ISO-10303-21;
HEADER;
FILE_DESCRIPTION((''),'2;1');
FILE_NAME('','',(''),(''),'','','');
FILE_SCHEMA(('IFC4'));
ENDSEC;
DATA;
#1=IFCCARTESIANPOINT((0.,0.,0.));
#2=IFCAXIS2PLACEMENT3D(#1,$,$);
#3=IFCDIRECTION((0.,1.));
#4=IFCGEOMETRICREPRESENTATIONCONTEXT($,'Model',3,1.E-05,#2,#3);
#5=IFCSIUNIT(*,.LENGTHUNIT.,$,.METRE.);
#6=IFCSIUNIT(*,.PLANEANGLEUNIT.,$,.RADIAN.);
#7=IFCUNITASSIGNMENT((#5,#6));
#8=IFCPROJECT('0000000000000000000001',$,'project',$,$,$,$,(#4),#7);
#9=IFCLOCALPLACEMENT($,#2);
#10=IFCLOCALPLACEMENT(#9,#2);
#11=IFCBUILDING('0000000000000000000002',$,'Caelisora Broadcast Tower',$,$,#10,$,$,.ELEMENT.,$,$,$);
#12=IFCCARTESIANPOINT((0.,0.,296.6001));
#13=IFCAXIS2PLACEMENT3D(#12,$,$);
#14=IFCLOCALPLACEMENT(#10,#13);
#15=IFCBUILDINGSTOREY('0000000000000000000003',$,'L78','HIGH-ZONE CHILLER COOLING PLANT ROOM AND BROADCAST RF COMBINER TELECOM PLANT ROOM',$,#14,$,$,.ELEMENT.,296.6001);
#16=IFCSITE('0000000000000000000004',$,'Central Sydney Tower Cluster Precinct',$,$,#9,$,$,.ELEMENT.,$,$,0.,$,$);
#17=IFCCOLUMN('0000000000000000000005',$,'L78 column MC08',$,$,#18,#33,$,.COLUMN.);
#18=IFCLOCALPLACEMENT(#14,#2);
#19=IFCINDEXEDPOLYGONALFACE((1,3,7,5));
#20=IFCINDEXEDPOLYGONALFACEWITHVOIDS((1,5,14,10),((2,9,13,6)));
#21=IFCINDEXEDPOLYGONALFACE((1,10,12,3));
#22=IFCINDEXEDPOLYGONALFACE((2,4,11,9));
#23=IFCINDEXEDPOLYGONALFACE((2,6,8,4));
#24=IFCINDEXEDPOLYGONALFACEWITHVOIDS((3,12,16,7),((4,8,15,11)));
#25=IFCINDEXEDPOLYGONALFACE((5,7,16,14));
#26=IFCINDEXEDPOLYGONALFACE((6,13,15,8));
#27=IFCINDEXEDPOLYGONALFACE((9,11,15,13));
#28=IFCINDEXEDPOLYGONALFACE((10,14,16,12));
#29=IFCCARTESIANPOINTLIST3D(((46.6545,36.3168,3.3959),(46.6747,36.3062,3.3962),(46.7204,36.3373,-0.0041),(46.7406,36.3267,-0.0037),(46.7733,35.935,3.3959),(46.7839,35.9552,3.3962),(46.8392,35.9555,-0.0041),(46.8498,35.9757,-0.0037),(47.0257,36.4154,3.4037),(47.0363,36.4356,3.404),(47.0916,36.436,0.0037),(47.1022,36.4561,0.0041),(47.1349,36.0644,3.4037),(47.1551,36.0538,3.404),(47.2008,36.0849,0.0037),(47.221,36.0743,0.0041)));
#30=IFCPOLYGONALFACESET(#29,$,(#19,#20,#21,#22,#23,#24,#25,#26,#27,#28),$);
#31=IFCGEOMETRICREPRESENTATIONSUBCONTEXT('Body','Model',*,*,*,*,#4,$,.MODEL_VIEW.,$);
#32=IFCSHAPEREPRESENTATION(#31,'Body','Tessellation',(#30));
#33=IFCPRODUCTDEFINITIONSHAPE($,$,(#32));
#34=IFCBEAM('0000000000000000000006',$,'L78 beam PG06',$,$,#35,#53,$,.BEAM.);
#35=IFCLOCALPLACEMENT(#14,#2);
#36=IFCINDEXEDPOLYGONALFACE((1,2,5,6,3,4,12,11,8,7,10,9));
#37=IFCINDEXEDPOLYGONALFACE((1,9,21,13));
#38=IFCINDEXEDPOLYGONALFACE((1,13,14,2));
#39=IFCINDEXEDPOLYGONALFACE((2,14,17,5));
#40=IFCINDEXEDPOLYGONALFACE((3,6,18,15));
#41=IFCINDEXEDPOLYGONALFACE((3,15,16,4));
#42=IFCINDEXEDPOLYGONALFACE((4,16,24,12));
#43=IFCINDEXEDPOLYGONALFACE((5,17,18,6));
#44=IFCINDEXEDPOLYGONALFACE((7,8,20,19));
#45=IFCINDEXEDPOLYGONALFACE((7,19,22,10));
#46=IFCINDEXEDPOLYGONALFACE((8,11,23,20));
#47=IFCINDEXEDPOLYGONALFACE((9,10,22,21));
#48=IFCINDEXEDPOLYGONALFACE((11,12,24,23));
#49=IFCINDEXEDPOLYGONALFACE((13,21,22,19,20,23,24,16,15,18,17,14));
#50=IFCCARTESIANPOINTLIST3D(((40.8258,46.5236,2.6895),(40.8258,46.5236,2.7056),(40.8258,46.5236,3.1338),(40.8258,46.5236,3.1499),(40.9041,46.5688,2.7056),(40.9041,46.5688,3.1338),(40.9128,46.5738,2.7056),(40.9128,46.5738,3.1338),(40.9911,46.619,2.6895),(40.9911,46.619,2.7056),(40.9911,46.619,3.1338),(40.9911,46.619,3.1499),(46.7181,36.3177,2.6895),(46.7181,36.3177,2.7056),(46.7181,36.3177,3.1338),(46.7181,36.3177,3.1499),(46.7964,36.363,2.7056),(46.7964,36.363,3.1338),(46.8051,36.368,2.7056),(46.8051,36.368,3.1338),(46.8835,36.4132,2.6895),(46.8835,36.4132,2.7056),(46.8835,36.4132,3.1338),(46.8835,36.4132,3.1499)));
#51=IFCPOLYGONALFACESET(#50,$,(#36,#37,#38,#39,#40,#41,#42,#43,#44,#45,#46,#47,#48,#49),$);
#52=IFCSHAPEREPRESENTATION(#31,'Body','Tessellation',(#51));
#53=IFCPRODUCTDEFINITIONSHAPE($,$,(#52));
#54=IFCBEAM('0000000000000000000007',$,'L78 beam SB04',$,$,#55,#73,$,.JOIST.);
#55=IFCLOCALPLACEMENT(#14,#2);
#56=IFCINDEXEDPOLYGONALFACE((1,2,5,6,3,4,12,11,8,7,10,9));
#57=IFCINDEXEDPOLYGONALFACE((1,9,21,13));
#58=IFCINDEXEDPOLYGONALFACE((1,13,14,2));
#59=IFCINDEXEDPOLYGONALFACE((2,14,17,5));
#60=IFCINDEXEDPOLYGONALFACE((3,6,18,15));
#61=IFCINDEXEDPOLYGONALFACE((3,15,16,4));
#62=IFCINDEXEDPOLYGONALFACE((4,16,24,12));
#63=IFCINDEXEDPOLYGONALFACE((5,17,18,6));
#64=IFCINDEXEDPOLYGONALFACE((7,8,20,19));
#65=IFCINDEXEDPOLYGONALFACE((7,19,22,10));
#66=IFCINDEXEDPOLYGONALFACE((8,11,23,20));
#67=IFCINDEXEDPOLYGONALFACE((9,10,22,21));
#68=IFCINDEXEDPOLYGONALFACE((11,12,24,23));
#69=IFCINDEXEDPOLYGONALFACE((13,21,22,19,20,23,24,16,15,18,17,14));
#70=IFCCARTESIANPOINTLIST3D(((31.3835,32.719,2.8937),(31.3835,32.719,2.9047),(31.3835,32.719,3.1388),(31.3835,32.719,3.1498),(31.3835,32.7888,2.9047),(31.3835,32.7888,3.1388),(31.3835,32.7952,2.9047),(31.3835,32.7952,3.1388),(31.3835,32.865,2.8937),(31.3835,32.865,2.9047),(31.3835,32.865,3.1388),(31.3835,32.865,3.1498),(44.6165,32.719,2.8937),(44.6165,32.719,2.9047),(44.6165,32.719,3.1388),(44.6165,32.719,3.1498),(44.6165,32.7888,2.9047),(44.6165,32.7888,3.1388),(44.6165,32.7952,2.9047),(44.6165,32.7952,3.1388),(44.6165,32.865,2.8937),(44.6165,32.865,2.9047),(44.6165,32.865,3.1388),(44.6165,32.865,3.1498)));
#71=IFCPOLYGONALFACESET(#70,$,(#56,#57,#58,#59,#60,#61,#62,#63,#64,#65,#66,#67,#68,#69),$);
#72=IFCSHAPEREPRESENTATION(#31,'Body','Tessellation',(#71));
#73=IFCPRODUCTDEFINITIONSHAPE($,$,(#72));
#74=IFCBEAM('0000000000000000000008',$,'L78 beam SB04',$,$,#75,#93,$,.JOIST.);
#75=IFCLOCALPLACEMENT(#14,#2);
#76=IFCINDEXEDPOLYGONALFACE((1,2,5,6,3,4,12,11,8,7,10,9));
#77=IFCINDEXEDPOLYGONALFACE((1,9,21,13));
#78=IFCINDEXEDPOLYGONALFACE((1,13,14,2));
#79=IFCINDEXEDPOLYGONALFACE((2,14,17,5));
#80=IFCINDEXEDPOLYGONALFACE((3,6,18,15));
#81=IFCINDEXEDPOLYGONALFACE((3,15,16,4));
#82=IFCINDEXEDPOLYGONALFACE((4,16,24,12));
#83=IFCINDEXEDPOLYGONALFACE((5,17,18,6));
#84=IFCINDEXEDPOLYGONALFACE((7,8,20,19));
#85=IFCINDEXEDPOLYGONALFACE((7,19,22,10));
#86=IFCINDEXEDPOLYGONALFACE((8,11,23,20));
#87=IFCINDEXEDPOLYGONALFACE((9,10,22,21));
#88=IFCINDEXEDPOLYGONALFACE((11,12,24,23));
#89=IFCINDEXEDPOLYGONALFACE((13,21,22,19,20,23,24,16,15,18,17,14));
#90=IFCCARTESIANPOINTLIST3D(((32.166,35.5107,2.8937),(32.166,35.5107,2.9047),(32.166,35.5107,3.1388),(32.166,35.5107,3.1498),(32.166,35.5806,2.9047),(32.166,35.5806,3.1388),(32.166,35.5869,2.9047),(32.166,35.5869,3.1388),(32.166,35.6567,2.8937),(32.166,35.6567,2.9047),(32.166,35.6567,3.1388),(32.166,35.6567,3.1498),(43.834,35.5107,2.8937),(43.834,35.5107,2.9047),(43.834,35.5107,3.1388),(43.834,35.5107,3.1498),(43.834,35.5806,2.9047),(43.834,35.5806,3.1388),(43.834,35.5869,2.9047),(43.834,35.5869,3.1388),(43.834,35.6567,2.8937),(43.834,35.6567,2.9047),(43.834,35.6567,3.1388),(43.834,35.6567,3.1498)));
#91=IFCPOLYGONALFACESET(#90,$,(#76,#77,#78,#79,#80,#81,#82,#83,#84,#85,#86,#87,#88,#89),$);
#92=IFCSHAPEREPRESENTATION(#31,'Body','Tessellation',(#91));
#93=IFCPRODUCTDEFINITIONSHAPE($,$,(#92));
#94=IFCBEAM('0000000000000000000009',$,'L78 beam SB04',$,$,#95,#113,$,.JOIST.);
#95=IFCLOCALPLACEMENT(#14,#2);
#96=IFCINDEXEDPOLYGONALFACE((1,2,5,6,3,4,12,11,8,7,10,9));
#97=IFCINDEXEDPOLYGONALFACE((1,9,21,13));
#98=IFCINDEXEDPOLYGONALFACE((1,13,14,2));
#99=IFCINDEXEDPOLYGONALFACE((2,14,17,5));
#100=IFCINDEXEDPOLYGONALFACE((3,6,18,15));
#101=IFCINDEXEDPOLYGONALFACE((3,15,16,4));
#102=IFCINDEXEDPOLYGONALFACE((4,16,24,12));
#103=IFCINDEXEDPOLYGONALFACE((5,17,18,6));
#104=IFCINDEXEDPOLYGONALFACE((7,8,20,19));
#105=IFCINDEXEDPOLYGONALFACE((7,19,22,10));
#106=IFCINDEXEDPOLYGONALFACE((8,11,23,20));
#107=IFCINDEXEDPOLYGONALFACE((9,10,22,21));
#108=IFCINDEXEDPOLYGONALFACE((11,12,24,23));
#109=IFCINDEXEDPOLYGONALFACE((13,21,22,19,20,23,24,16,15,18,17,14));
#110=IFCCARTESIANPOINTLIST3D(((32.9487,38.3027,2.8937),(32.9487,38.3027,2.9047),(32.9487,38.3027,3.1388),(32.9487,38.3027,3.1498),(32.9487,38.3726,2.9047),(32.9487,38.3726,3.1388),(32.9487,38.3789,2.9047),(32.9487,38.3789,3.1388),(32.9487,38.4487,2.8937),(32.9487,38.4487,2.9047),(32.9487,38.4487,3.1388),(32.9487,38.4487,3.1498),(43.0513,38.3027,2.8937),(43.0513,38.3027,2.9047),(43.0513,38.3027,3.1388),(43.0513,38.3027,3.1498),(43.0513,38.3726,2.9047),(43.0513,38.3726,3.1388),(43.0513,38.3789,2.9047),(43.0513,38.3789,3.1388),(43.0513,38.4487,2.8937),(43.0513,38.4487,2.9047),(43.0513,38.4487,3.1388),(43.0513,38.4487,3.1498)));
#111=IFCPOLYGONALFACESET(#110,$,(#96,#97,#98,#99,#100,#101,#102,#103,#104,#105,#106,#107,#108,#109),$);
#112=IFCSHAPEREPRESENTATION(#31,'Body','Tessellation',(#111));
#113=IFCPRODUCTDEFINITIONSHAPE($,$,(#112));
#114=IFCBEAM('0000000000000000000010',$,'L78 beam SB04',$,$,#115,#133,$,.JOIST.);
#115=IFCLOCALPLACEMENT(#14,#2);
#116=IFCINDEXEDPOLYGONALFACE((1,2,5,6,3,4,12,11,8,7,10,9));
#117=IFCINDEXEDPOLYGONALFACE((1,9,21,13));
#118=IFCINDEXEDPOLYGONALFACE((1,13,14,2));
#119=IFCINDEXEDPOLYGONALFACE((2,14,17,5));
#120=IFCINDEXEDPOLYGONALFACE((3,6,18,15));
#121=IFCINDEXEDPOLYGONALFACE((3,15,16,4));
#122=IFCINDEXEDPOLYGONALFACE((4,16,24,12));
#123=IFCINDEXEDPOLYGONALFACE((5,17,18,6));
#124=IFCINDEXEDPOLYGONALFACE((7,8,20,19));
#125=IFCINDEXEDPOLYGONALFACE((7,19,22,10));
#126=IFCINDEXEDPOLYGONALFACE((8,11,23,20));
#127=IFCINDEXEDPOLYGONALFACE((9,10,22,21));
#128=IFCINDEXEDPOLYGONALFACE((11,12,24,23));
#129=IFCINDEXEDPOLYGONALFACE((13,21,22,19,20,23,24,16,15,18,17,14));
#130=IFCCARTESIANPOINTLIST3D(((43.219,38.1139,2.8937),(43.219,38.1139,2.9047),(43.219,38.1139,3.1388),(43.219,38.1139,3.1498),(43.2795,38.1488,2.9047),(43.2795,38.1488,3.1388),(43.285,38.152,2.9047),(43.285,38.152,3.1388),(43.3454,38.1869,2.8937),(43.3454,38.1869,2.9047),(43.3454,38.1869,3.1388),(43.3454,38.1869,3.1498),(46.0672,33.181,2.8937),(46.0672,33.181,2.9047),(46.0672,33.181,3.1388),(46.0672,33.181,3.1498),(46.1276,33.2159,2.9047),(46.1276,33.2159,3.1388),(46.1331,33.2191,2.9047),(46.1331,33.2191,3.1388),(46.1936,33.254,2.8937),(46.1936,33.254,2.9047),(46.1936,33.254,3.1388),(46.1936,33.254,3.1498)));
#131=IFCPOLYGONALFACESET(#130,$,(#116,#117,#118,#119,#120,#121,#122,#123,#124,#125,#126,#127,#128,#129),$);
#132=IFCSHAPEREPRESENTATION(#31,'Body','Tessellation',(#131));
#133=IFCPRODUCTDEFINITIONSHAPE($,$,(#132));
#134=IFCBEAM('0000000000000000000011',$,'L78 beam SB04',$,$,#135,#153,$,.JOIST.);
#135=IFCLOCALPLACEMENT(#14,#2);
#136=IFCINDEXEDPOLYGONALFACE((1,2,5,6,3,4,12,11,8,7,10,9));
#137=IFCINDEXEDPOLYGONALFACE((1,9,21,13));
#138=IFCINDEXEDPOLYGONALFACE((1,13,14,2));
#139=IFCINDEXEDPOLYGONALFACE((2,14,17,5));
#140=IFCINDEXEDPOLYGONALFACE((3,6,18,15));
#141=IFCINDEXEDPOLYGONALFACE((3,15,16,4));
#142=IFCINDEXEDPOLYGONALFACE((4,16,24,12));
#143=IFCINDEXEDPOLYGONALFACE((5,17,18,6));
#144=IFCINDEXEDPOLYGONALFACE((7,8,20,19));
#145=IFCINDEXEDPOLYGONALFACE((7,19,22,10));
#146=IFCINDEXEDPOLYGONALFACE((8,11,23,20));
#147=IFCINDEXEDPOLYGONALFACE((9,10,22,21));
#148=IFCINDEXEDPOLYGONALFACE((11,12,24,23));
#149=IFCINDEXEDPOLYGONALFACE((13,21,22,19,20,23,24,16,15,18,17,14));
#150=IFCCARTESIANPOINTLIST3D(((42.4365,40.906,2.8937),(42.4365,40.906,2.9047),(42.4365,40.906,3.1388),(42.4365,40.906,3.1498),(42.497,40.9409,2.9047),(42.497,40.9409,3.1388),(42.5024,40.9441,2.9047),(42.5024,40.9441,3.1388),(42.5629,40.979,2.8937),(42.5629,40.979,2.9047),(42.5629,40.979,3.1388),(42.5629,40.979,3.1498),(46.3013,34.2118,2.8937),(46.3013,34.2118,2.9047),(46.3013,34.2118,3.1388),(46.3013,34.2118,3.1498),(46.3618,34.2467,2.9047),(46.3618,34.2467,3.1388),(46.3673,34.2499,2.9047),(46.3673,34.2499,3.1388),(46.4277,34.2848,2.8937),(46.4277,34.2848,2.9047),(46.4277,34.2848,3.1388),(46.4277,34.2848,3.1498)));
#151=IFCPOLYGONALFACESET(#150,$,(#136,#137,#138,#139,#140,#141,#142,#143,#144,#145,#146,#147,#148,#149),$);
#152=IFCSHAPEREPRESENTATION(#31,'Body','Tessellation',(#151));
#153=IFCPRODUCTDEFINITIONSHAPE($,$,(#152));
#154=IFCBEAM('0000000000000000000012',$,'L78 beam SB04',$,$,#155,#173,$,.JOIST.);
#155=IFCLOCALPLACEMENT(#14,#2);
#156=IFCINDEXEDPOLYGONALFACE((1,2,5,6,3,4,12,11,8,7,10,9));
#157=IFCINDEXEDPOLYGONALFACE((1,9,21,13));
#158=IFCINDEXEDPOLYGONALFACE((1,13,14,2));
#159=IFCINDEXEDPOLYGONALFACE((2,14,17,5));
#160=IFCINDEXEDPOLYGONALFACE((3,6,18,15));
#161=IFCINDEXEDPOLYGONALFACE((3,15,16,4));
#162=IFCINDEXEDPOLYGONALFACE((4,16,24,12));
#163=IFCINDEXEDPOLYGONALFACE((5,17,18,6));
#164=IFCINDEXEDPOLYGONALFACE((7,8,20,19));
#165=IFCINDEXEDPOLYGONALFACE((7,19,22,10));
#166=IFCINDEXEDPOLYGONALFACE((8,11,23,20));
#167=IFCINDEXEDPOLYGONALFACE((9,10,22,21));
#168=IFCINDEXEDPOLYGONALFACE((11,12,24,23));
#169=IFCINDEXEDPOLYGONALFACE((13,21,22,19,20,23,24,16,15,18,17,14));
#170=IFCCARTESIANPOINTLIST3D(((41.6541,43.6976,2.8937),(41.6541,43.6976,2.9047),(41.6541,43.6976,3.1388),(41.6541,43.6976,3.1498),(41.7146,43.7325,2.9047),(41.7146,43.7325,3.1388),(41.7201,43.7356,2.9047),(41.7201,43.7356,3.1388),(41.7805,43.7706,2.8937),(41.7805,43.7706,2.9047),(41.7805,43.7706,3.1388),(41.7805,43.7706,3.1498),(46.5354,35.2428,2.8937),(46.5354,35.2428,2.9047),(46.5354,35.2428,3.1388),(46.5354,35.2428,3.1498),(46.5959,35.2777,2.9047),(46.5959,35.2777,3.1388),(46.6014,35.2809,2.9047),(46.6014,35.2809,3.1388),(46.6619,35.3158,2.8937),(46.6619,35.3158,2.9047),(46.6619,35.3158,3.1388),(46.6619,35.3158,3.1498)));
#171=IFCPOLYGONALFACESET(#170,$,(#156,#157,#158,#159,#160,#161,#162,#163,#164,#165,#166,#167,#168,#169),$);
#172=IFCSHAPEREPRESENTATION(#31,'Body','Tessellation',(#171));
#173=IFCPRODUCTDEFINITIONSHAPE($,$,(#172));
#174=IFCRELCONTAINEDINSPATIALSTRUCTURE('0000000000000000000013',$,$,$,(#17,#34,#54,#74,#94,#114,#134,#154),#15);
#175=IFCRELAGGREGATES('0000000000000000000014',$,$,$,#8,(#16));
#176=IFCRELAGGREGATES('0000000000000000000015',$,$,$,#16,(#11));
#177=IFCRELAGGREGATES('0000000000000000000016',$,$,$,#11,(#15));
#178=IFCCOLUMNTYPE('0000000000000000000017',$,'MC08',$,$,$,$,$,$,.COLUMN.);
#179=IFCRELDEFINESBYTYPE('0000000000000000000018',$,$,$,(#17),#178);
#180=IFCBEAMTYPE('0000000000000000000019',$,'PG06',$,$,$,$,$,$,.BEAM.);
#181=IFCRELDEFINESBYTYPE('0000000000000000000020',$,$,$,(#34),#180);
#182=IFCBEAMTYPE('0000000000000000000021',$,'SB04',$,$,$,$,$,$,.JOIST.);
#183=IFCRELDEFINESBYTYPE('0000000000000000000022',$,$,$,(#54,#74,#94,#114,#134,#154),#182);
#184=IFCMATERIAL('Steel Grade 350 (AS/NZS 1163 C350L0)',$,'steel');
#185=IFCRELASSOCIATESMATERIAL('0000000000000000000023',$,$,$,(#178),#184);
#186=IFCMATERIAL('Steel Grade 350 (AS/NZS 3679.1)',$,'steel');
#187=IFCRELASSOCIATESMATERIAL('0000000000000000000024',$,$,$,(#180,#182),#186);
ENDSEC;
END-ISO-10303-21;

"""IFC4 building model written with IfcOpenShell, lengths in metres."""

from ifc_helpers import new_model, si_unit, direction, frame, origin, origin_2d, place, context, subcontext, project, spatial, hollow_rectangle, i_section, extrude, source, transform, mapped, material, material_profile, profile_set, type_object, type_shapes, element, save


model = new_model("IFC4")

# Units and contexts
model_context = context("Model", 3, precision=1e-05, world=origin(), true_north=direction((0.0, 1.0)))
body_context = subcontext(model_context, "Body", "Model", "MODEL_VIEW")
ifc_project = project(units=[si_unit("LENGTHUNIT", "METRE"), si_unit("PLANEANGLEUNIT", "RADIAN")], contexts=[model_context])

# Site, building, storey
site_placement = place(None, origin())
site = spatial("IfcSite", under=ifc_project, at=site_placement, Name="Central Sydney Tower Cluster Precinct", CompositionType="ELEMENT", RefElevation=0.0)
building_placement = place(site_placement, origin())
building = spatial("IfcBuilding", under=site, at=building_placement, Name="Caelisora Broadcast Tower", CompositionType="ELEMENT")
storey_placement = place(building_placement, frame((0.0, 0.0, 296.6001)))
storey = spatial("IfcBuildingStorey", under=building, at=storey_placement, Name="L78", Description="HIGH-ZONE CHILLER COOLING PLANT ROOM AND BROADCAST RF COMBINER TELECOM PLANT ROOM", CompositionType="ELEMENT", Elevation=296.6001)

# Column
ifc_material_1 = material(Name="Steel Grade 350 (AS/NZS 1163 C350L0)", Category="steel")
ifc_material_profile_1 = material_profile(ifc_material_1, hollow_rectangle(XDim=0.3999, YDim=0.3999, WallThickness=0.0161, at=origin_2d()), Name="Steel Grade 350 (AS/NZS 1163 C350L0)")
ifc_profile_set_1 = profile_set([ifc_material_profile_1], Name="Steel Grade 350 (AS/NZS 1163 C350L0)")
column_type = type_object("IfcColumnType", Name="MC08", PredefinedType="COLUMN", material=ifc_profile_set_1)
shared_shape_1 = source(origin(), body_context, "Body", "SweptSolid", [
    extrude(hollow_rectangle(XDim=0.3999, YDim=0.3999, WallThickness=0.0161, at=origin_2d()), origin(), (0.0, 0.0, 1.0), 3.4006),
])
type_shapes(column_type, [shared_shape_1])
column_placement = place(storey_placement, frame((46.9707, 36.2058, 0.0), z_axis=(-0.019384, -0.006031, 0.999794), x_axis=(0.297067, -0.954857, 0.0)))
element("IfcColumn", 1, at=column_placement, inside=storey, type_object=column_type, Name="L78 column MC08", PredefinedType="COLUMN", context=body_context, shape_type="MappedRepresentation", body=[
    mapped(shared_shape_1, transform((0.0, 0.0, 0.0), scale=1.0)),
])

# Beams
ifc_material_2 = material(Name="Steel Grade 350 (AS/NZS 3679.1)", Category="steel")
ifc_material_profile_2 = material_profile(ifc_material_2, i_section(OverallWidth=0.1909, OverallDepth=0.4604, WebThickness=0.01, FlangeThickness=0.0161, at=origin_2d()), Name="Steel Grade 350 (AS/NZS 3679.1)")
ifc_profile_set_2 = profile_set([ifc_material_profile_2], Name="Steel Grade 350 (AS/NZS 3679.1)")
beam_type_1 = type_object("IfcBeamType", Name="PG06", PredefinedType="BEAM", material=ifc_profile_set_2)
shared_shape_2 = source(origin(), body_context, "Body", "SweptSolid", [
    extrude(i_section(OverallWidth=0.1909, OverallDepth=0.4604, WebThickness=0.01, FlangeThickness=0.0161, at=origin_2d()), origin(), (0.0, 0.0, 1.0), 11.7847),
])
type_shapes(beam_type_1, [shared_shape_2])
beam_1_placement = place(storey_placement, frame((46.8008, 36.3655, 2.9197), z_axis=(-0.5, 0.866025, 0.0), x_axis=(-0.866025, -0.5, 0.0)))
element("IfcBeam", 2, at=beam_1_placement, inside=storey, type_object=beam_type_1, Name="L78 beam PG06", PredefinedType="BEAM", context=body_context, shape_type="MappedRepresentation", body=[
    mapped(shared_shape_2, transform((0.0, 0.0, 0.0), scale=1.0)),
])
ifc_material_profile_3 = material_profile(ifc_material_2, i_section(OverallWidth=0.146, OverallDepth=0.2561, WebThickness=0.0063, FlangeThickness=0.011, at=origin_2d()), Name="Steel Grade 350 (AS/NZS 3679.1)")
ifc_profile_set_3 = profile_set([ifc_material_profile_3], Name="Steel Grade 350 (AS/NZS 3679.1)")
beam_type_2 = type_object("IfcBeamType", Name="SB04", PredefinedType="JOIST", material=ifc_profile_set_3)
shared_shape_3 = source(origin(), body_context, "Body", "SweptSolid", [
    extrude(i_section(OverallWidth=0.146, OverallDepth=0.2561, WebThickness=0.0063, FlangeThickness=0.011, at=origin_2d()), origin(), (0.0, 0.0, 1.0), 13.2329),
])
beam_2_placement = place(storey_placement, frame((44.6165, 32.792, 3.0217), z_axis=(-1.0, 0.0, 0.0), x_axis=(0.0, -1.0, 0.0)))
element("IfcBeam", 3, at=beam_2_placement, inside=storey, type_object=beam_type_2, Name="L78 beam SB04", PredefinedType="JOIST", context=body_context, shape_type="MappedRepresentation", body=[
    mapped(shared_shape_3, transform((0.0, 0.0, 0.0), scale=1.0)),
])
shared_shape_4 = source(origin(), body_context, "Body", "SweptSolid", [
    extrude(i_section(OverallWidth=0.146, OverallDepth=0.2561, WebThickness=0.0063, FlangeThickness=0.011, at=origin_2d()), origin(), (0.0, 0.0, 1.0), 11.668),
])
beam_3_placement = place(storey_placement, frame((43.834, 35.5837, 3.0217), z_axis=(-1.0, 0.0, 0.0), x_axis=(0.0, -1.0, 0.0)))
element("IfcBeam", 4, at=beam_3_placement, inside=storey, type_object=beam_type_2, Name="L78 beam SB04", PredefinedType="JOIST", context=body_context, shape_type="MappedRepresentation", body=[
    mapped(shared_shape_4, transform((0.0, 0.0, 0.0), scale=1.0)),
])
shared_shape_5 = source(origin(), body_context, "Body", "SweptSolid", [
    extrude(i_section(OverallWidth=0.146, OverallDepth=0.2561, WebThickness=0.0063, FlangeThickness=0.011, at=origin_2d()), origin(), (0.0, 0.0, 1.0), 10.1025),
])
beam_4_placement = place(storey_placement, frame((43.0513, 38.3757, 3.0217), z_axis=(-1.0, 0.0, 0.0), x_axis=(0.0, -1.0, 0.0)))
element("IfcBeam", 5, at=beam_4_placement, inside=storey, type_object=beam_type_2, Name="L78 beam SB04", PredefinedType="JOIST", context=body_context, shape_type="MappedRepresentation", body=[
    mapped(shared_shape_5, transform((0.0, 0.0, 0.0), scale=1.0)),
])
shared_shape_6 = source(origin(), body_context, "Body", "SweptSolid", [
    extrude(i_section(OverallWidth=0.146, OverallDepth=0.2561, WebThickness=0.0063, FlangeThickness=0.011, at=origin_2d()), origin(), (0.0, 0.0, 1.0), 5.696),
])
beam_5_placement = place(storey_placement, frame((46.1304, 33.2175, 3.0217), z_axis=(-0.500021, 0.866014, 0.0), x_axis=(-0.866014, -0.500021, 0.0)))
element("IfcBeam", 6, at=beam_5_placement, inside=storey, type_object=beam_type_2, Name="L78 beam SB04", PredefinedType="JOIST", context=body_context, shape_type="MappedRepresentation", body=[
    mapped(shared_shape_6, transform((0.0, 0.0, 0.0), scale=1.0)),
])
shared_shape_7 = source(origin(), body_context, "Body", "SweptSolid", [
    extrude(i_section(OverallWidth=0.146, OverallDepth=0.2561, WebThickness=0.0063, FlangeThickness=0.011, at=origin_2d()), origin(), (0.0, 0.0, 1.0), 7.7297),
])
beam_6_placement = place(storey_placement, frame((46.3645, 34.2483, 3.0217), z_axis=(-0.499991, 0.86603, 0.0), x_axis=(-0.86603, -0.499991, 0.0)))
element("IfcBeam", 7, at=beam_6_placement, inside=storey, type_object=beam_type_2, Name="L78 beam SB04", PredefinedType="JOIST", context=body_context, shape_type="MappedRepresentation", body=[
    mapped(shared_shape_7, transform((0.0, 0.0, 0.0), scale=1.0)),
])
shared_shape_8 = source(origin(), body_context, "Body", "SweptSolid", [
    extrude(i_section(OverallWidth=0.146, OverallDepth=0.2561, WebThickness=0.0063, FlangeThickness=0.011, at=origin_2d()), origin(), (0.0, 0.0, 1.0), 9.7627),
])
type_shapes(beam_type_2, [shared_shape_3, shared_shape_4, shared_shape_5, shared_shape_6, shared_shape_7, shared_shape_8])
beam_7_placement = place(storey_placement, frame((46.5986, 35.2793, 3.0217), z_axis=(-0.499996, 0.866028, 0.0), x_axis=(-0.866028, -0.499996, 0.0)))
element("IfcBeam", 8, at=beam_7_placement, inside=storey, type_object=beam_type_2, Name="L78 beam SB04", PredefinedType="JOIST", context=body_context, shape_type="MappedRepresentation", body=[
    mapped(shared_shape_8, transform((0.0, 0.0, 0.0), scale=1.0)),
])

save(model, "model.ifc")
